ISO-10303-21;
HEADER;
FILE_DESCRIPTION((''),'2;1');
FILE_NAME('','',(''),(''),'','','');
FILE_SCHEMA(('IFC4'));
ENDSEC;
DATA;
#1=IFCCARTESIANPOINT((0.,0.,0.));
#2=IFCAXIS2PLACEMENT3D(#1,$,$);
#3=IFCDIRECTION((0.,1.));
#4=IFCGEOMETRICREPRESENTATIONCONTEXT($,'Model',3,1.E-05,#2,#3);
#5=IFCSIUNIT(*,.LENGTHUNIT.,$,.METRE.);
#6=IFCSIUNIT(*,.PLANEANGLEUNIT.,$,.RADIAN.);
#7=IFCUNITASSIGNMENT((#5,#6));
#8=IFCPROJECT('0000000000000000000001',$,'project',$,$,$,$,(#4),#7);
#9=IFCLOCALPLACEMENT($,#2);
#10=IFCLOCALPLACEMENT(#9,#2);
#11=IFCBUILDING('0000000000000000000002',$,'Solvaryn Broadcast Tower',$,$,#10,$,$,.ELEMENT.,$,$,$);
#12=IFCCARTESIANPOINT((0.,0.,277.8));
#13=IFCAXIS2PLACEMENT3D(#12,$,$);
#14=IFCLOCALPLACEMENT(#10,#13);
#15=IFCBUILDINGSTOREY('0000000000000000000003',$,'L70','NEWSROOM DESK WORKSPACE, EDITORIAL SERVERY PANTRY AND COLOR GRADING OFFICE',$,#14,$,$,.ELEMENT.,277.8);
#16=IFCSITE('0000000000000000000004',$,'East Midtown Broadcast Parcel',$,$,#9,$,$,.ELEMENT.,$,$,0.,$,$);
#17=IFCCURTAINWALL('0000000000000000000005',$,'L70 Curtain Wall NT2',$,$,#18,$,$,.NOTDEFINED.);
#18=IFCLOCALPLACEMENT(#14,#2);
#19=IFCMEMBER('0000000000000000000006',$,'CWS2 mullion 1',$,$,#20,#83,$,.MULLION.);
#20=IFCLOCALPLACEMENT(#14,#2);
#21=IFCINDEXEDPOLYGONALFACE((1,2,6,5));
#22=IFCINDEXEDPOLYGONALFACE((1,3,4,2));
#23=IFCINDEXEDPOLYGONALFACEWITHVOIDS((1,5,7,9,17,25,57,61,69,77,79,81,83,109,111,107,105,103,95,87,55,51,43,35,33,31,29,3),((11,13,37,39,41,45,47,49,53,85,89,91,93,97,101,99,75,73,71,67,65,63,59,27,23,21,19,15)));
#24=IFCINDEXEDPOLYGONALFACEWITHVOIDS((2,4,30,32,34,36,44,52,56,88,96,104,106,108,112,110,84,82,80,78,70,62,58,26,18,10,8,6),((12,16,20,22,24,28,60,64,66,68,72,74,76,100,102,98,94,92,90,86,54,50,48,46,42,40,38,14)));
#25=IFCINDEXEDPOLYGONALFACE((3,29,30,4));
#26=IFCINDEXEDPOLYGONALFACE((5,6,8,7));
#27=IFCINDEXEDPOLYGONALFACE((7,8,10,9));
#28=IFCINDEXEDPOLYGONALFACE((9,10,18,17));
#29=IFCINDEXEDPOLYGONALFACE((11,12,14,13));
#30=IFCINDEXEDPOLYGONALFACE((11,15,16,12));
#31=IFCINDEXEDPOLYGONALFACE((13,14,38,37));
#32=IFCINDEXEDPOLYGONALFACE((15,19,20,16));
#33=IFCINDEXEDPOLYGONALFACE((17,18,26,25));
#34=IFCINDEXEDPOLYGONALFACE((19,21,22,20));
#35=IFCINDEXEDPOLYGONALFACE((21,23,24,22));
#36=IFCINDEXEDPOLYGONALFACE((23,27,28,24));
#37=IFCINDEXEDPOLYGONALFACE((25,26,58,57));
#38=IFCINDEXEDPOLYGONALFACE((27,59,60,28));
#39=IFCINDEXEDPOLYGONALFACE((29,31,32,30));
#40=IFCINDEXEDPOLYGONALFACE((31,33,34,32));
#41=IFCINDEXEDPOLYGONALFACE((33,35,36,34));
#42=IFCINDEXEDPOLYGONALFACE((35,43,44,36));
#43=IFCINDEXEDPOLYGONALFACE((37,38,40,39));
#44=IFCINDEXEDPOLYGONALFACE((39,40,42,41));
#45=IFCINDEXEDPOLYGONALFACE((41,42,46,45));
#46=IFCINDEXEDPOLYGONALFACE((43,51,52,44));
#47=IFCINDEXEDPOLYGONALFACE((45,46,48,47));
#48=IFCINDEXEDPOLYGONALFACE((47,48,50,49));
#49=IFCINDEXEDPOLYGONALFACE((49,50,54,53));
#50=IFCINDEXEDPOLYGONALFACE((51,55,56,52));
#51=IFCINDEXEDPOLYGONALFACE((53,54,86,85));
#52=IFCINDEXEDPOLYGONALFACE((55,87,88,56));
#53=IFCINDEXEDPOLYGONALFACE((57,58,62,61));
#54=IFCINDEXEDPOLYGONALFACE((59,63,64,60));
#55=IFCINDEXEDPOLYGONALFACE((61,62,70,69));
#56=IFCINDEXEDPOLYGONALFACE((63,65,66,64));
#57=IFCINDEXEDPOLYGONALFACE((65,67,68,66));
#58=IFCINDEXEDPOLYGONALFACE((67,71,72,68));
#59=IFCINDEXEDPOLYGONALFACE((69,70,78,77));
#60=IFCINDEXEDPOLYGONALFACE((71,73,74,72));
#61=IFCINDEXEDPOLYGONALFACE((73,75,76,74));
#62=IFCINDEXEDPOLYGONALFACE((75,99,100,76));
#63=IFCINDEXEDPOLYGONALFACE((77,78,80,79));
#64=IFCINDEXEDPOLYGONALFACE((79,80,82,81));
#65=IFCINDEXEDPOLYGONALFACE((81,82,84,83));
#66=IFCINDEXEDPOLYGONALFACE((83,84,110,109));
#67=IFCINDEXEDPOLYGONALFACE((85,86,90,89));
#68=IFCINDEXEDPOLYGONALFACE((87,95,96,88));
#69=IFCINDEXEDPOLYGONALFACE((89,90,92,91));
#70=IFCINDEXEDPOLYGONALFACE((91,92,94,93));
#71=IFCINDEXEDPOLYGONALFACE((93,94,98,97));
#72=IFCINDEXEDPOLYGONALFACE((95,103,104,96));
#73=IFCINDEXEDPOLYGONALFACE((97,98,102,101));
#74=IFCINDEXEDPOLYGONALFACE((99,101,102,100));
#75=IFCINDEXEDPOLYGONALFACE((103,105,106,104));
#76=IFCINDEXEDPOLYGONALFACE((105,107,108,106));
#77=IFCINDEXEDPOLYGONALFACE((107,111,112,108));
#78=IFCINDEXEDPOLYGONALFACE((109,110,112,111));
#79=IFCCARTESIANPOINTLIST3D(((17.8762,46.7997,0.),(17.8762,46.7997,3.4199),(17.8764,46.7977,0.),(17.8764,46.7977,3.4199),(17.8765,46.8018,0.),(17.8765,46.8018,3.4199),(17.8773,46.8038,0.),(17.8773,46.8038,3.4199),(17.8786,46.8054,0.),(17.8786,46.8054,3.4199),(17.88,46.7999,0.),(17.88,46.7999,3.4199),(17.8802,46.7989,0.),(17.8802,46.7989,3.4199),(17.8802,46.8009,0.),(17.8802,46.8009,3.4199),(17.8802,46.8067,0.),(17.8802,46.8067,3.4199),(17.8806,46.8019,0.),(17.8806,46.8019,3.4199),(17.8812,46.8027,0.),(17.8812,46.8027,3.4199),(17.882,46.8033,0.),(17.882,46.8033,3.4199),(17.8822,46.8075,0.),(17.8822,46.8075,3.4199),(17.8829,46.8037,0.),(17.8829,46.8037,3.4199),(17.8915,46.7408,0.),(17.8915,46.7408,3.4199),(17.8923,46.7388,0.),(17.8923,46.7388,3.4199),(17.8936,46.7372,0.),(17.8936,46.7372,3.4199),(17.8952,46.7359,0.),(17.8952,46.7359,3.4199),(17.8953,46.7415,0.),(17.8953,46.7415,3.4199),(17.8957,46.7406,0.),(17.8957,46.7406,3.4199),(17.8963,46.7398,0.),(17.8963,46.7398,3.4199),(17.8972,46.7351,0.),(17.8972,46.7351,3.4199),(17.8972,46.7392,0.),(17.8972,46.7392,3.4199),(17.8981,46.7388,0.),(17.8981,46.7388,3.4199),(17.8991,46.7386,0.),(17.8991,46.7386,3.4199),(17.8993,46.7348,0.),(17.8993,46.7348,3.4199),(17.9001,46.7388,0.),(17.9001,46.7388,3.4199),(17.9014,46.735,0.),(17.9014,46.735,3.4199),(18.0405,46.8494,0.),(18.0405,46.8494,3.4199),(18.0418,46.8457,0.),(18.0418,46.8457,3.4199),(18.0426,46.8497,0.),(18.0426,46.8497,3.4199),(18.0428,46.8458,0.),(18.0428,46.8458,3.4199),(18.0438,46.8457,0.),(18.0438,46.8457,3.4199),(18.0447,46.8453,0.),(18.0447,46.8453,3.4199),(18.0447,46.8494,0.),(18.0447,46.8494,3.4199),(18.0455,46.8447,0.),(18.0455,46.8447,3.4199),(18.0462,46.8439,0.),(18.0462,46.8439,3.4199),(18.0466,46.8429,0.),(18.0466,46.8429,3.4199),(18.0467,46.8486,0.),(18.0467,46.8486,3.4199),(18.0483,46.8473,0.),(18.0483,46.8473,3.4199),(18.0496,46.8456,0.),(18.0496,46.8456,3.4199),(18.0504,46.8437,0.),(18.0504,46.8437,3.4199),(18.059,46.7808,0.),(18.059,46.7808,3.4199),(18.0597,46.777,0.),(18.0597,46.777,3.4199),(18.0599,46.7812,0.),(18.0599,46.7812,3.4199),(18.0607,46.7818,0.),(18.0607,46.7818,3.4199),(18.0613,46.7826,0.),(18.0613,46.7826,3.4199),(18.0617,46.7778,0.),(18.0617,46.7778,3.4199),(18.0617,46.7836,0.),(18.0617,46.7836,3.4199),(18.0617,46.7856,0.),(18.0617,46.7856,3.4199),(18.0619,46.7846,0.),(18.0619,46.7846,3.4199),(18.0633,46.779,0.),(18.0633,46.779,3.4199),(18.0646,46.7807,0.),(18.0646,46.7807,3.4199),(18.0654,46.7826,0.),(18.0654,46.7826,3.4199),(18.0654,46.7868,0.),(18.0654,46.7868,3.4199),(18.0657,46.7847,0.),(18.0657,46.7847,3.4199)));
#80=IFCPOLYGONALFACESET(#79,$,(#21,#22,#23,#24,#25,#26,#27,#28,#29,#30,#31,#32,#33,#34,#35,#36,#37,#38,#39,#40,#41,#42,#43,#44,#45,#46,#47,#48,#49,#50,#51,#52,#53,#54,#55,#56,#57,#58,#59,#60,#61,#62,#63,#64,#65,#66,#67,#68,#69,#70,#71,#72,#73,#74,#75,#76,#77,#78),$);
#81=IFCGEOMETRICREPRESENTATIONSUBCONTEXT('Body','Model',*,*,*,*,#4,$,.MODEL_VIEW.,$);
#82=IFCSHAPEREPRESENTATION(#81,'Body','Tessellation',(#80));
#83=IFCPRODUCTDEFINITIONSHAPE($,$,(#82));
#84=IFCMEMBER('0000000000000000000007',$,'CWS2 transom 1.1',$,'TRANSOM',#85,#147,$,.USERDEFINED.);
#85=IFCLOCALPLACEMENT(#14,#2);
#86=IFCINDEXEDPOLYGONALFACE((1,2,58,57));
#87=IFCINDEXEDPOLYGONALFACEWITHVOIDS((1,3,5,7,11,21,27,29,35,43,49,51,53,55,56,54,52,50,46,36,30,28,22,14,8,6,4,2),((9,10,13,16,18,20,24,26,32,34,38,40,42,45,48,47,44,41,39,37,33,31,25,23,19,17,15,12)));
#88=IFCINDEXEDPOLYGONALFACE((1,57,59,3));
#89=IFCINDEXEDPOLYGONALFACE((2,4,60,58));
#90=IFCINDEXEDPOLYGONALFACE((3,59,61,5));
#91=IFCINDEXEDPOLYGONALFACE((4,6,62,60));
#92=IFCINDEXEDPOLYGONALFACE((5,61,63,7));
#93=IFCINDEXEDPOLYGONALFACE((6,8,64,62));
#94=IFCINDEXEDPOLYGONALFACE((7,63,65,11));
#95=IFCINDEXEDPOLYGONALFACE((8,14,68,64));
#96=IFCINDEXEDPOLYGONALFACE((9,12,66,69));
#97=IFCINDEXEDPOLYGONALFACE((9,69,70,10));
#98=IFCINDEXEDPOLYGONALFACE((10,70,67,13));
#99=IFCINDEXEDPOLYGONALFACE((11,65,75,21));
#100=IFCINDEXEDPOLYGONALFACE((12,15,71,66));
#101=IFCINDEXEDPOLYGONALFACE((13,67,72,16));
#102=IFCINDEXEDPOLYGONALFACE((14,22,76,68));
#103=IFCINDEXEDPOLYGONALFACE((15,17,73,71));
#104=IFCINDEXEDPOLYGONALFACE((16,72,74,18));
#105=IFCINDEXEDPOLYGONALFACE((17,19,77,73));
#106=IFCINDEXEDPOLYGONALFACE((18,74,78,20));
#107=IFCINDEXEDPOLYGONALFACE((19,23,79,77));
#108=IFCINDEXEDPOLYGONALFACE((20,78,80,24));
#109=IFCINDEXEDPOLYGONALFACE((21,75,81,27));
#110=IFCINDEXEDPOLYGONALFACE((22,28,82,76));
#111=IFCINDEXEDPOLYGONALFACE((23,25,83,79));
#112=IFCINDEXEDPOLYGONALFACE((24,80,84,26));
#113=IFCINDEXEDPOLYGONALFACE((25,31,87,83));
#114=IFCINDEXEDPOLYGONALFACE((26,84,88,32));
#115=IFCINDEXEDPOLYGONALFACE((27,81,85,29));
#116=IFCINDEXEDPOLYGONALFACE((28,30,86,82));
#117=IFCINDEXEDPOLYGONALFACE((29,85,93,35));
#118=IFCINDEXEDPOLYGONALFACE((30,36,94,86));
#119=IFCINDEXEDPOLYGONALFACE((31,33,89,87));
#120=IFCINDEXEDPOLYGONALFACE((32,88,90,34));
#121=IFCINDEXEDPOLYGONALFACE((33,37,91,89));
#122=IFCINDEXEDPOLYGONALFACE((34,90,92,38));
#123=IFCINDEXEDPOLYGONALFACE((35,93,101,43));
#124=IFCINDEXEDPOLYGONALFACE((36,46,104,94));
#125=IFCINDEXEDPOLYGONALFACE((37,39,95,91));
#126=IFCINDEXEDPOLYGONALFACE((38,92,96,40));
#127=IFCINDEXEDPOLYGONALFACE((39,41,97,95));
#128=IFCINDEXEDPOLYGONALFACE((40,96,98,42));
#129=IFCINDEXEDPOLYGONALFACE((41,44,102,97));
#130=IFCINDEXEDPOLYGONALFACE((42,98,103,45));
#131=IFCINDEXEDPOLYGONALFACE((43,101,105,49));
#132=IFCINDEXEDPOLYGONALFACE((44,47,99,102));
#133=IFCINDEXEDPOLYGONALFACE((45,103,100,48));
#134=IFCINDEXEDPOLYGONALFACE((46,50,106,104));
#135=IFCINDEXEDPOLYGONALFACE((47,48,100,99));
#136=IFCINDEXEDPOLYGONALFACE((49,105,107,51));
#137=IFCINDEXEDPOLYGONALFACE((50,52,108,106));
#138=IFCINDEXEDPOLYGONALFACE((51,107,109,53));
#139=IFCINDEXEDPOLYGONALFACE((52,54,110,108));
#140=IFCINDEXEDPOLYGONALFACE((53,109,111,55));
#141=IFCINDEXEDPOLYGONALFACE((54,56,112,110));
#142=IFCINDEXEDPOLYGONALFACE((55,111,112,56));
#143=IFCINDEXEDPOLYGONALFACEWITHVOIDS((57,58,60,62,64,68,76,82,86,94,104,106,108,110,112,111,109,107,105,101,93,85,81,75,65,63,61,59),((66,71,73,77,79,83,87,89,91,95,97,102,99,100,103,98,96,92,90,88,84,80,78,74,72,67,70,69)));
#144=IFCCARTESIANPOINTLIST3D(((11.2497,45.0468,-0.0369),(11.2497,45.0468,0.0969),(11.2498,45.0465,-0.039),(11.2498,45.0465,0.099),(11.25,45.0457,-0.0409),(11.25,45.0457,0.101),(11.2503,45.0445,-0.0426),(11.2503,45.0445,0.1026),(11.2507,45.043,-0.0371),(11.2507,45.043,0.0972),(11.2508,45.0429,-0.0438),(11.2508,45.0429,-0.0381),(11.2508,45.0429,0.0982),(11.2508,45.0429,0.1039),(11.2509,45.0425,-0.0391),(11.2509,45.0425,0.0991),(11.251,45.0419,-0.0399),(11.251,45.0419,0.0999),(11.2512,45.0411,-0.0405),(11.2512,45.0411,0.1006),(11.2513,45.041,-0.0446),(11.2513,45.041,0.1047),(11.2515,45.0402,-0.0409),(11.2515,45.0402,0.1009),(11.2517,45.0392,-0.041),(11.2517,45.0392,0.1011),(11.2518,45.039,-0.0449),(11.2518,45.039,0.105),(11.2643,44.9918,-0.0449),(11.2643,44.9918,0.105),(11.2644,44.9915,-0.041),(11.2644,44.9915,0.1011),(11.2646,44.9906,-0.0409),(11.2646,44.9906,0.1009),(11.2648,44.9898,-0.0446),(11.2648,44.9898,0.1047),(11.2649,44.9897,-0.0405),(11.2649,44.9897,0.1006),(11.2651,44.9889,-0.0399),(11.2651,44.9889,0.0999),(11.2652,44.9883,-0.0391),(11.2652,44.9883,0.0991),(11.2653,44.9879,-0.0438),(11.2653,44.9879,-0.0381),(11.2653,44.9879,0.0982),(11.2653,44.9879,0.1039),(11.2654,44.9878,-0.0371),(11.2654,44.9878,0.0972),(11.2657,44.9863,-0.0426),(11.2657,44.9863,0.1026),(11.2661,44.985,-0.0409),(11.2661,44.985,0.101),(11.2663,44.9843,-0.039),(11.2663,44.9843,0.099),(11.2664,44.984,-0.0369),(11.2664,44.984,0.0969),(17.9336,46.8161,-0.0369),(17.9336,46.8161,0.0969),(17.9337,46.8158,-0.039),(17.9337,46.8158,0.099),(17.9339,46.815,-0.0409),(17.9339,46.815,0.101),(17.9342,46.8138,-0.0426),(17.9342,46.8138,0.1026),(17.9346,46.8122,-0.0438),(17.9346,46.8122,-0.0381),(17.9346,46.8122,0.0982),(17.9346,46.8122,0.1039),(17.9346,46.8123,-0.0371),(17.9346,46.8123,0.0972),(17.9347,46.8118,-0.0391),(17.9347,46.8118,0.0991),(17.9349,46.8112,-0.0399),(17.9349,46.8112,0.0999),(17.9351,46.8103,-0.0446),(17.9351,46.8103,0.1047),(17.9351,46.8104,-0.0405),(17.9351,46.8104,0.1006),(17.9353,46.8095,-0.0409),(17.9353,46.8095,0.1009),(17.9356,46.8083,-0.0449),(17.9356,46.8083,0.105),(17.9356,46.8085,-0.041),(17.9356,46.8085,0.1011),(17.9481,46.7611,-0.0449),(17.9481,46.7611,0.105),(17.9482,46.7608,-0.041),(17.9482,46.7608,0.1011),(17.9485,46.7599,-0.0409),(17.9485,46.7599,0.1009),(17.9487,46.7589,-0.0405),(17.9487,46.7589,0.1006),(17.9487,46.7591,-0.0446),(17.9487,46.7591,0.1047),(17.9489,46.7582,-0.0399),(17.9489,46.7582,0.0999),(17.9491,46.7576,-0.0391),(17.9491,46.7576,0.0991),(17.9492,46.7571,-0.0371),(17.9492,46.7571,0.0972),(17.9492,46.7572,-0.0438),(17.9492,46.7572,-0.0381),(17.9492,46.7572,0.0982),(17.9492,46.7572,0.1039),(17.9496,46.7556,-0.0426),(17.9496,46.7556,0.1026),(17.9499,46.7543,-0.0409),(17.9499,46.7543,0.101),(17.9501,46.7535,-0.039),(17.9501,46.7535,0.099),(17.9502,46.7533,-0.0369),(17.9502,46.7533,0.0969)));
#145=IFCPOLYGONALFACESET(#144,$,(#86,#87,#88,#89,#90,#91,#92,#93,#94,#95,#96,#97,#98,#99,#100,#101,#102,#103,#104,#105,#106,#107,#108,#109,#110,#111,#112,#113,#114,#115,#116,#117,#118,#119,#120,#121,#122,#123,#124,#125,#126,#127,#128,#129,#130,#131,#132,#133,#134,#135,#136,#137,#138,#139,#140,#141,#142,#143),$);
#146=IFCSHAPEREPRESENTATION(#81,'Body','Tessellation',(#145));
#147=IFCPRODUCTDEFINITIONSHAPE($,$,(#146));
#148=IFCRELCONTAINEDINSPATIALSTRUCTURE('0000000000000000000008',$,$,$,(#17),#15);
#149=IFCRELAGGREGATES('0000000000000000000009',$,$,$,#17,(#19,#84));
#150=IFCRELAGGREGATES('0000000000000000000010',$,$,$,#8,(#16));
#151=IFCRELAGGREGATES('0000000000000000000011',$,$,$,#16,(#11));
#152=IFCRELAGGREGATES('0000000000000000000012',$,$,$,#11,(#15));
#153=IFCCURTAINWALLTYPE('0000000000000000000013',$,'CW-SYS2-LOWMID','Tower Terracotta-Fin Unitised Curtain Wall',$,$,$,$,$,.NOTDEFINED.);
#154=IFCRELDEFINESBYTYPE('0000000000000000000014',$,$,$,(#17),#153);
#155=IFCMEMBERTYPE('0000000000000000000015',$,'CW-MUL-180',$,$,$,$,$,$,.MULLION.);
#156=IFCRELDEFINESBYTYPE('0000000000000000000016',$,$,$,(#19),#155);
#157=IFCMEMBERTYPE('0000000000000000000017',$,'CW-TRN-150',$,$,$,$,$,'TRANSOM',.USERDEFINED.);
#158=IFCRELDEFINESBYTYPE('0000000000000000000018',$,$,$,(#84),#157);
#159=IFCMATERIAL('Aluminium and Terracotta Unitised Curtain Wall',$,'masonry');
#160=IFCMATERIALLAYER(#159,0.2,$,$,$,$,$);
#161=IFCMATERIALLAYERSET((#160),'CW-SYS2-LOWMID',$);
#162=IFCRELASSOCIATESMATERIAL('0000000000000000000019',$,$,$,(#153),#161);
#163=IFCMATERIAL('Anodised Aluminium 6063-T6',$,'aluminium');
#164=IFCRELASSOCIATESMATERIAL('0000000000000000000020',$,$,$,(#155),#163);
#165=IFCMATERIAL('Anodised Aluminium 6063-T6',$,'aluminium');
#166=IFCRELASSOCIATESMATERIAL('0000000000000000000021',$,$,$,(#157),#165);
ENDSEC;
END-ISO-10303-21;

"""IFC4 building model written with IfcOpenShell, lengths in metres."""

from ifc_helpers import new_model, si_unit, direction, frame, origin, origin_2d, place, context, subcontext, project, spatial, hollow_rectangle, extrude, material, layer, layer_set, material_profile, profile_set, type_object, element, aggregate, save


model = new_model("IFC4")

# Units and contexts
model_context = context("Model", 3, precision=1e-05, world=origin(), true_north=direction((0.0, 1.0)))
body_context = subcontext(model_context, "Body", "Model", "MODEL_VIEW")
ifc_project = project(units=[si_unit("LENGTHUNIT", "METRE"), si_unit("PLANEANGLEUNIT", "RADIAN")], contexts=[model_context])

# Site, building, storey
site_placement = place(None, origin())
site = spatial("IfcSite", under=ifc_project, at=site_placement, Name="East Midtown Broadcast Parcel", CompositionType="ELEMENT", RefElevation=0.0)
building_placement = place(site_placement, origin())
building = spatial("IfcBuilding", under=site, at=building_placement, Name="Solvaryn Broadcast Tower", CompositionType="ELEMENT")
storey_placement = place(building_placement, frame((0.0, 0.0, 277.8)))
storey = spatial("IfcBuildingStorey", under=building, at=storey_placement, Name="L70", Description="NEWSROOM DESK WORKSPACE, EDITORIAL SERVERY PANTRY AND COLOR GRADING OFFICE", CompositionType="ELEMENT", Elevation=277.8)

# Shared definitions
ifc_material_1 = material(Name="Aluminium and Terracotta Unitised Curtain Wall", Category="masonry")
ifc_layer_1 = layer(ifc_material_1, 0.2)
ifc_layer_set_1 = layer_set([ifc_layer_1], Name="CW-SYS2-LOWMID")
curtain_wall_type = type_object("IfcCurtainWallType", Name="CW-SYS2-LOWMID", Description="Tower Terracotta-Fin Unitised Curtain Wall", PredefinedType="NOTDEFINED", material=ifc_layer_set_1)
ifc_material_2 = material(Name="Anodised Aluminium 6063-T6", Category="aluminium")
ifc_material_profile_1 = material_profile(ifc_material_2, hollow_rectangle(XDim=0.075, YDim=0.1799, WallThickness=0.0039, InnerFilletRadius=0.0039, OuterFilletRadius=0.0081, at=origin_2d()))
ifc_profile_set_1 = profile_set([ifc_material_profile_1], Name="Anodised Aluminium 6063-T6")
member_type_1 = type_object("IfcMemberType", Name="CW-MUL-180", PredefinedType="MULLION", material=ifc_profile_set_1)

# Curtain wall, members
curtain_wall_1_placement = place(storey_placement, origin())
curtain_wall_1 = element("IfcCurtainWall", 1, at=curtain_wall_1_placement, inside=storey, type_object=curtain_wall_type, Name="L70 Curtain Wall NT2", PredefinedType="NOTDEFINED")
member_1_placement = place(storey_placement, frame((17.9709, 46.7922, 0.0), z_axis=(0.0, 0.0, 1.0), x_axis=(0.255893, -0.966705, 0.0)))
member_1 = element("IfcMember", 2, at=member_1_placement, type_object=member_type_1, Name="CWS2 mullion 1", PredefinedType="MULLION", context=body_context, shape_type="SweptSolid", body=[
    extrude(hollow_rectangle(XDim=0.075, YDim=0.1799, WallThickness=0.0039, InnerFilletRadius=0.0039, OuterFilletRadius=0.0081, at=origin_2d()), origin(), (0.0, 0.0, 1.0), 3.4199),
])
ifc_material_3 = material(Name="Anodised Aluminium 6063-T6", Category="aluminium")
ifc_material_profile_2 = material_profile(ifc_material_3, hollow_rectangle(XDim=0.0649, YDim=0.1499, WallThickness=0.0039, InnerFilletRadius=0.0039, OuterFilletRadius=0.0081, at=origin_2d()))
ifc_profile_set_2 = profile_set([ifc_material_profile_2], Name="Anodised Aluminium 6063-T6")
member_type_2 = type_object("IfcMemberType", Name="CW-TRN-150", ElementType="TRANSOM", PredefinedType="USERDEFINED", material=ifc_profile_set_2)
member_2_placement = place(storey_placement, frame((17.9419, 46.7847, 0.03), z_axis=(-0.966704, -0.255897, 0.0), x_axis=(0.255897, -0.966704, 0.0)))
member_2 = element("IfcMember", 3, at=member_2_placement, type_object=member_type_2, Name="CWS2 transom 1.1", ObjectType="TRANSOM", PredefinedType="USERDEFINED", context=body_context, shape_type="SweptSolid", body=[
    extrude(hollow_rectangle(XDim=0.0649, YDim=0.1499, WallThickness=0.0039, InnerFilletRadius=0.0039, OuterFilletRadius=0.0081, at=origin_2d()), origin(), (0.0, 0.0, 1.0), 6.9141),
])
aggregate(curtain_wall_1, [member_1, member_2])

save(model, "model.ifc")
